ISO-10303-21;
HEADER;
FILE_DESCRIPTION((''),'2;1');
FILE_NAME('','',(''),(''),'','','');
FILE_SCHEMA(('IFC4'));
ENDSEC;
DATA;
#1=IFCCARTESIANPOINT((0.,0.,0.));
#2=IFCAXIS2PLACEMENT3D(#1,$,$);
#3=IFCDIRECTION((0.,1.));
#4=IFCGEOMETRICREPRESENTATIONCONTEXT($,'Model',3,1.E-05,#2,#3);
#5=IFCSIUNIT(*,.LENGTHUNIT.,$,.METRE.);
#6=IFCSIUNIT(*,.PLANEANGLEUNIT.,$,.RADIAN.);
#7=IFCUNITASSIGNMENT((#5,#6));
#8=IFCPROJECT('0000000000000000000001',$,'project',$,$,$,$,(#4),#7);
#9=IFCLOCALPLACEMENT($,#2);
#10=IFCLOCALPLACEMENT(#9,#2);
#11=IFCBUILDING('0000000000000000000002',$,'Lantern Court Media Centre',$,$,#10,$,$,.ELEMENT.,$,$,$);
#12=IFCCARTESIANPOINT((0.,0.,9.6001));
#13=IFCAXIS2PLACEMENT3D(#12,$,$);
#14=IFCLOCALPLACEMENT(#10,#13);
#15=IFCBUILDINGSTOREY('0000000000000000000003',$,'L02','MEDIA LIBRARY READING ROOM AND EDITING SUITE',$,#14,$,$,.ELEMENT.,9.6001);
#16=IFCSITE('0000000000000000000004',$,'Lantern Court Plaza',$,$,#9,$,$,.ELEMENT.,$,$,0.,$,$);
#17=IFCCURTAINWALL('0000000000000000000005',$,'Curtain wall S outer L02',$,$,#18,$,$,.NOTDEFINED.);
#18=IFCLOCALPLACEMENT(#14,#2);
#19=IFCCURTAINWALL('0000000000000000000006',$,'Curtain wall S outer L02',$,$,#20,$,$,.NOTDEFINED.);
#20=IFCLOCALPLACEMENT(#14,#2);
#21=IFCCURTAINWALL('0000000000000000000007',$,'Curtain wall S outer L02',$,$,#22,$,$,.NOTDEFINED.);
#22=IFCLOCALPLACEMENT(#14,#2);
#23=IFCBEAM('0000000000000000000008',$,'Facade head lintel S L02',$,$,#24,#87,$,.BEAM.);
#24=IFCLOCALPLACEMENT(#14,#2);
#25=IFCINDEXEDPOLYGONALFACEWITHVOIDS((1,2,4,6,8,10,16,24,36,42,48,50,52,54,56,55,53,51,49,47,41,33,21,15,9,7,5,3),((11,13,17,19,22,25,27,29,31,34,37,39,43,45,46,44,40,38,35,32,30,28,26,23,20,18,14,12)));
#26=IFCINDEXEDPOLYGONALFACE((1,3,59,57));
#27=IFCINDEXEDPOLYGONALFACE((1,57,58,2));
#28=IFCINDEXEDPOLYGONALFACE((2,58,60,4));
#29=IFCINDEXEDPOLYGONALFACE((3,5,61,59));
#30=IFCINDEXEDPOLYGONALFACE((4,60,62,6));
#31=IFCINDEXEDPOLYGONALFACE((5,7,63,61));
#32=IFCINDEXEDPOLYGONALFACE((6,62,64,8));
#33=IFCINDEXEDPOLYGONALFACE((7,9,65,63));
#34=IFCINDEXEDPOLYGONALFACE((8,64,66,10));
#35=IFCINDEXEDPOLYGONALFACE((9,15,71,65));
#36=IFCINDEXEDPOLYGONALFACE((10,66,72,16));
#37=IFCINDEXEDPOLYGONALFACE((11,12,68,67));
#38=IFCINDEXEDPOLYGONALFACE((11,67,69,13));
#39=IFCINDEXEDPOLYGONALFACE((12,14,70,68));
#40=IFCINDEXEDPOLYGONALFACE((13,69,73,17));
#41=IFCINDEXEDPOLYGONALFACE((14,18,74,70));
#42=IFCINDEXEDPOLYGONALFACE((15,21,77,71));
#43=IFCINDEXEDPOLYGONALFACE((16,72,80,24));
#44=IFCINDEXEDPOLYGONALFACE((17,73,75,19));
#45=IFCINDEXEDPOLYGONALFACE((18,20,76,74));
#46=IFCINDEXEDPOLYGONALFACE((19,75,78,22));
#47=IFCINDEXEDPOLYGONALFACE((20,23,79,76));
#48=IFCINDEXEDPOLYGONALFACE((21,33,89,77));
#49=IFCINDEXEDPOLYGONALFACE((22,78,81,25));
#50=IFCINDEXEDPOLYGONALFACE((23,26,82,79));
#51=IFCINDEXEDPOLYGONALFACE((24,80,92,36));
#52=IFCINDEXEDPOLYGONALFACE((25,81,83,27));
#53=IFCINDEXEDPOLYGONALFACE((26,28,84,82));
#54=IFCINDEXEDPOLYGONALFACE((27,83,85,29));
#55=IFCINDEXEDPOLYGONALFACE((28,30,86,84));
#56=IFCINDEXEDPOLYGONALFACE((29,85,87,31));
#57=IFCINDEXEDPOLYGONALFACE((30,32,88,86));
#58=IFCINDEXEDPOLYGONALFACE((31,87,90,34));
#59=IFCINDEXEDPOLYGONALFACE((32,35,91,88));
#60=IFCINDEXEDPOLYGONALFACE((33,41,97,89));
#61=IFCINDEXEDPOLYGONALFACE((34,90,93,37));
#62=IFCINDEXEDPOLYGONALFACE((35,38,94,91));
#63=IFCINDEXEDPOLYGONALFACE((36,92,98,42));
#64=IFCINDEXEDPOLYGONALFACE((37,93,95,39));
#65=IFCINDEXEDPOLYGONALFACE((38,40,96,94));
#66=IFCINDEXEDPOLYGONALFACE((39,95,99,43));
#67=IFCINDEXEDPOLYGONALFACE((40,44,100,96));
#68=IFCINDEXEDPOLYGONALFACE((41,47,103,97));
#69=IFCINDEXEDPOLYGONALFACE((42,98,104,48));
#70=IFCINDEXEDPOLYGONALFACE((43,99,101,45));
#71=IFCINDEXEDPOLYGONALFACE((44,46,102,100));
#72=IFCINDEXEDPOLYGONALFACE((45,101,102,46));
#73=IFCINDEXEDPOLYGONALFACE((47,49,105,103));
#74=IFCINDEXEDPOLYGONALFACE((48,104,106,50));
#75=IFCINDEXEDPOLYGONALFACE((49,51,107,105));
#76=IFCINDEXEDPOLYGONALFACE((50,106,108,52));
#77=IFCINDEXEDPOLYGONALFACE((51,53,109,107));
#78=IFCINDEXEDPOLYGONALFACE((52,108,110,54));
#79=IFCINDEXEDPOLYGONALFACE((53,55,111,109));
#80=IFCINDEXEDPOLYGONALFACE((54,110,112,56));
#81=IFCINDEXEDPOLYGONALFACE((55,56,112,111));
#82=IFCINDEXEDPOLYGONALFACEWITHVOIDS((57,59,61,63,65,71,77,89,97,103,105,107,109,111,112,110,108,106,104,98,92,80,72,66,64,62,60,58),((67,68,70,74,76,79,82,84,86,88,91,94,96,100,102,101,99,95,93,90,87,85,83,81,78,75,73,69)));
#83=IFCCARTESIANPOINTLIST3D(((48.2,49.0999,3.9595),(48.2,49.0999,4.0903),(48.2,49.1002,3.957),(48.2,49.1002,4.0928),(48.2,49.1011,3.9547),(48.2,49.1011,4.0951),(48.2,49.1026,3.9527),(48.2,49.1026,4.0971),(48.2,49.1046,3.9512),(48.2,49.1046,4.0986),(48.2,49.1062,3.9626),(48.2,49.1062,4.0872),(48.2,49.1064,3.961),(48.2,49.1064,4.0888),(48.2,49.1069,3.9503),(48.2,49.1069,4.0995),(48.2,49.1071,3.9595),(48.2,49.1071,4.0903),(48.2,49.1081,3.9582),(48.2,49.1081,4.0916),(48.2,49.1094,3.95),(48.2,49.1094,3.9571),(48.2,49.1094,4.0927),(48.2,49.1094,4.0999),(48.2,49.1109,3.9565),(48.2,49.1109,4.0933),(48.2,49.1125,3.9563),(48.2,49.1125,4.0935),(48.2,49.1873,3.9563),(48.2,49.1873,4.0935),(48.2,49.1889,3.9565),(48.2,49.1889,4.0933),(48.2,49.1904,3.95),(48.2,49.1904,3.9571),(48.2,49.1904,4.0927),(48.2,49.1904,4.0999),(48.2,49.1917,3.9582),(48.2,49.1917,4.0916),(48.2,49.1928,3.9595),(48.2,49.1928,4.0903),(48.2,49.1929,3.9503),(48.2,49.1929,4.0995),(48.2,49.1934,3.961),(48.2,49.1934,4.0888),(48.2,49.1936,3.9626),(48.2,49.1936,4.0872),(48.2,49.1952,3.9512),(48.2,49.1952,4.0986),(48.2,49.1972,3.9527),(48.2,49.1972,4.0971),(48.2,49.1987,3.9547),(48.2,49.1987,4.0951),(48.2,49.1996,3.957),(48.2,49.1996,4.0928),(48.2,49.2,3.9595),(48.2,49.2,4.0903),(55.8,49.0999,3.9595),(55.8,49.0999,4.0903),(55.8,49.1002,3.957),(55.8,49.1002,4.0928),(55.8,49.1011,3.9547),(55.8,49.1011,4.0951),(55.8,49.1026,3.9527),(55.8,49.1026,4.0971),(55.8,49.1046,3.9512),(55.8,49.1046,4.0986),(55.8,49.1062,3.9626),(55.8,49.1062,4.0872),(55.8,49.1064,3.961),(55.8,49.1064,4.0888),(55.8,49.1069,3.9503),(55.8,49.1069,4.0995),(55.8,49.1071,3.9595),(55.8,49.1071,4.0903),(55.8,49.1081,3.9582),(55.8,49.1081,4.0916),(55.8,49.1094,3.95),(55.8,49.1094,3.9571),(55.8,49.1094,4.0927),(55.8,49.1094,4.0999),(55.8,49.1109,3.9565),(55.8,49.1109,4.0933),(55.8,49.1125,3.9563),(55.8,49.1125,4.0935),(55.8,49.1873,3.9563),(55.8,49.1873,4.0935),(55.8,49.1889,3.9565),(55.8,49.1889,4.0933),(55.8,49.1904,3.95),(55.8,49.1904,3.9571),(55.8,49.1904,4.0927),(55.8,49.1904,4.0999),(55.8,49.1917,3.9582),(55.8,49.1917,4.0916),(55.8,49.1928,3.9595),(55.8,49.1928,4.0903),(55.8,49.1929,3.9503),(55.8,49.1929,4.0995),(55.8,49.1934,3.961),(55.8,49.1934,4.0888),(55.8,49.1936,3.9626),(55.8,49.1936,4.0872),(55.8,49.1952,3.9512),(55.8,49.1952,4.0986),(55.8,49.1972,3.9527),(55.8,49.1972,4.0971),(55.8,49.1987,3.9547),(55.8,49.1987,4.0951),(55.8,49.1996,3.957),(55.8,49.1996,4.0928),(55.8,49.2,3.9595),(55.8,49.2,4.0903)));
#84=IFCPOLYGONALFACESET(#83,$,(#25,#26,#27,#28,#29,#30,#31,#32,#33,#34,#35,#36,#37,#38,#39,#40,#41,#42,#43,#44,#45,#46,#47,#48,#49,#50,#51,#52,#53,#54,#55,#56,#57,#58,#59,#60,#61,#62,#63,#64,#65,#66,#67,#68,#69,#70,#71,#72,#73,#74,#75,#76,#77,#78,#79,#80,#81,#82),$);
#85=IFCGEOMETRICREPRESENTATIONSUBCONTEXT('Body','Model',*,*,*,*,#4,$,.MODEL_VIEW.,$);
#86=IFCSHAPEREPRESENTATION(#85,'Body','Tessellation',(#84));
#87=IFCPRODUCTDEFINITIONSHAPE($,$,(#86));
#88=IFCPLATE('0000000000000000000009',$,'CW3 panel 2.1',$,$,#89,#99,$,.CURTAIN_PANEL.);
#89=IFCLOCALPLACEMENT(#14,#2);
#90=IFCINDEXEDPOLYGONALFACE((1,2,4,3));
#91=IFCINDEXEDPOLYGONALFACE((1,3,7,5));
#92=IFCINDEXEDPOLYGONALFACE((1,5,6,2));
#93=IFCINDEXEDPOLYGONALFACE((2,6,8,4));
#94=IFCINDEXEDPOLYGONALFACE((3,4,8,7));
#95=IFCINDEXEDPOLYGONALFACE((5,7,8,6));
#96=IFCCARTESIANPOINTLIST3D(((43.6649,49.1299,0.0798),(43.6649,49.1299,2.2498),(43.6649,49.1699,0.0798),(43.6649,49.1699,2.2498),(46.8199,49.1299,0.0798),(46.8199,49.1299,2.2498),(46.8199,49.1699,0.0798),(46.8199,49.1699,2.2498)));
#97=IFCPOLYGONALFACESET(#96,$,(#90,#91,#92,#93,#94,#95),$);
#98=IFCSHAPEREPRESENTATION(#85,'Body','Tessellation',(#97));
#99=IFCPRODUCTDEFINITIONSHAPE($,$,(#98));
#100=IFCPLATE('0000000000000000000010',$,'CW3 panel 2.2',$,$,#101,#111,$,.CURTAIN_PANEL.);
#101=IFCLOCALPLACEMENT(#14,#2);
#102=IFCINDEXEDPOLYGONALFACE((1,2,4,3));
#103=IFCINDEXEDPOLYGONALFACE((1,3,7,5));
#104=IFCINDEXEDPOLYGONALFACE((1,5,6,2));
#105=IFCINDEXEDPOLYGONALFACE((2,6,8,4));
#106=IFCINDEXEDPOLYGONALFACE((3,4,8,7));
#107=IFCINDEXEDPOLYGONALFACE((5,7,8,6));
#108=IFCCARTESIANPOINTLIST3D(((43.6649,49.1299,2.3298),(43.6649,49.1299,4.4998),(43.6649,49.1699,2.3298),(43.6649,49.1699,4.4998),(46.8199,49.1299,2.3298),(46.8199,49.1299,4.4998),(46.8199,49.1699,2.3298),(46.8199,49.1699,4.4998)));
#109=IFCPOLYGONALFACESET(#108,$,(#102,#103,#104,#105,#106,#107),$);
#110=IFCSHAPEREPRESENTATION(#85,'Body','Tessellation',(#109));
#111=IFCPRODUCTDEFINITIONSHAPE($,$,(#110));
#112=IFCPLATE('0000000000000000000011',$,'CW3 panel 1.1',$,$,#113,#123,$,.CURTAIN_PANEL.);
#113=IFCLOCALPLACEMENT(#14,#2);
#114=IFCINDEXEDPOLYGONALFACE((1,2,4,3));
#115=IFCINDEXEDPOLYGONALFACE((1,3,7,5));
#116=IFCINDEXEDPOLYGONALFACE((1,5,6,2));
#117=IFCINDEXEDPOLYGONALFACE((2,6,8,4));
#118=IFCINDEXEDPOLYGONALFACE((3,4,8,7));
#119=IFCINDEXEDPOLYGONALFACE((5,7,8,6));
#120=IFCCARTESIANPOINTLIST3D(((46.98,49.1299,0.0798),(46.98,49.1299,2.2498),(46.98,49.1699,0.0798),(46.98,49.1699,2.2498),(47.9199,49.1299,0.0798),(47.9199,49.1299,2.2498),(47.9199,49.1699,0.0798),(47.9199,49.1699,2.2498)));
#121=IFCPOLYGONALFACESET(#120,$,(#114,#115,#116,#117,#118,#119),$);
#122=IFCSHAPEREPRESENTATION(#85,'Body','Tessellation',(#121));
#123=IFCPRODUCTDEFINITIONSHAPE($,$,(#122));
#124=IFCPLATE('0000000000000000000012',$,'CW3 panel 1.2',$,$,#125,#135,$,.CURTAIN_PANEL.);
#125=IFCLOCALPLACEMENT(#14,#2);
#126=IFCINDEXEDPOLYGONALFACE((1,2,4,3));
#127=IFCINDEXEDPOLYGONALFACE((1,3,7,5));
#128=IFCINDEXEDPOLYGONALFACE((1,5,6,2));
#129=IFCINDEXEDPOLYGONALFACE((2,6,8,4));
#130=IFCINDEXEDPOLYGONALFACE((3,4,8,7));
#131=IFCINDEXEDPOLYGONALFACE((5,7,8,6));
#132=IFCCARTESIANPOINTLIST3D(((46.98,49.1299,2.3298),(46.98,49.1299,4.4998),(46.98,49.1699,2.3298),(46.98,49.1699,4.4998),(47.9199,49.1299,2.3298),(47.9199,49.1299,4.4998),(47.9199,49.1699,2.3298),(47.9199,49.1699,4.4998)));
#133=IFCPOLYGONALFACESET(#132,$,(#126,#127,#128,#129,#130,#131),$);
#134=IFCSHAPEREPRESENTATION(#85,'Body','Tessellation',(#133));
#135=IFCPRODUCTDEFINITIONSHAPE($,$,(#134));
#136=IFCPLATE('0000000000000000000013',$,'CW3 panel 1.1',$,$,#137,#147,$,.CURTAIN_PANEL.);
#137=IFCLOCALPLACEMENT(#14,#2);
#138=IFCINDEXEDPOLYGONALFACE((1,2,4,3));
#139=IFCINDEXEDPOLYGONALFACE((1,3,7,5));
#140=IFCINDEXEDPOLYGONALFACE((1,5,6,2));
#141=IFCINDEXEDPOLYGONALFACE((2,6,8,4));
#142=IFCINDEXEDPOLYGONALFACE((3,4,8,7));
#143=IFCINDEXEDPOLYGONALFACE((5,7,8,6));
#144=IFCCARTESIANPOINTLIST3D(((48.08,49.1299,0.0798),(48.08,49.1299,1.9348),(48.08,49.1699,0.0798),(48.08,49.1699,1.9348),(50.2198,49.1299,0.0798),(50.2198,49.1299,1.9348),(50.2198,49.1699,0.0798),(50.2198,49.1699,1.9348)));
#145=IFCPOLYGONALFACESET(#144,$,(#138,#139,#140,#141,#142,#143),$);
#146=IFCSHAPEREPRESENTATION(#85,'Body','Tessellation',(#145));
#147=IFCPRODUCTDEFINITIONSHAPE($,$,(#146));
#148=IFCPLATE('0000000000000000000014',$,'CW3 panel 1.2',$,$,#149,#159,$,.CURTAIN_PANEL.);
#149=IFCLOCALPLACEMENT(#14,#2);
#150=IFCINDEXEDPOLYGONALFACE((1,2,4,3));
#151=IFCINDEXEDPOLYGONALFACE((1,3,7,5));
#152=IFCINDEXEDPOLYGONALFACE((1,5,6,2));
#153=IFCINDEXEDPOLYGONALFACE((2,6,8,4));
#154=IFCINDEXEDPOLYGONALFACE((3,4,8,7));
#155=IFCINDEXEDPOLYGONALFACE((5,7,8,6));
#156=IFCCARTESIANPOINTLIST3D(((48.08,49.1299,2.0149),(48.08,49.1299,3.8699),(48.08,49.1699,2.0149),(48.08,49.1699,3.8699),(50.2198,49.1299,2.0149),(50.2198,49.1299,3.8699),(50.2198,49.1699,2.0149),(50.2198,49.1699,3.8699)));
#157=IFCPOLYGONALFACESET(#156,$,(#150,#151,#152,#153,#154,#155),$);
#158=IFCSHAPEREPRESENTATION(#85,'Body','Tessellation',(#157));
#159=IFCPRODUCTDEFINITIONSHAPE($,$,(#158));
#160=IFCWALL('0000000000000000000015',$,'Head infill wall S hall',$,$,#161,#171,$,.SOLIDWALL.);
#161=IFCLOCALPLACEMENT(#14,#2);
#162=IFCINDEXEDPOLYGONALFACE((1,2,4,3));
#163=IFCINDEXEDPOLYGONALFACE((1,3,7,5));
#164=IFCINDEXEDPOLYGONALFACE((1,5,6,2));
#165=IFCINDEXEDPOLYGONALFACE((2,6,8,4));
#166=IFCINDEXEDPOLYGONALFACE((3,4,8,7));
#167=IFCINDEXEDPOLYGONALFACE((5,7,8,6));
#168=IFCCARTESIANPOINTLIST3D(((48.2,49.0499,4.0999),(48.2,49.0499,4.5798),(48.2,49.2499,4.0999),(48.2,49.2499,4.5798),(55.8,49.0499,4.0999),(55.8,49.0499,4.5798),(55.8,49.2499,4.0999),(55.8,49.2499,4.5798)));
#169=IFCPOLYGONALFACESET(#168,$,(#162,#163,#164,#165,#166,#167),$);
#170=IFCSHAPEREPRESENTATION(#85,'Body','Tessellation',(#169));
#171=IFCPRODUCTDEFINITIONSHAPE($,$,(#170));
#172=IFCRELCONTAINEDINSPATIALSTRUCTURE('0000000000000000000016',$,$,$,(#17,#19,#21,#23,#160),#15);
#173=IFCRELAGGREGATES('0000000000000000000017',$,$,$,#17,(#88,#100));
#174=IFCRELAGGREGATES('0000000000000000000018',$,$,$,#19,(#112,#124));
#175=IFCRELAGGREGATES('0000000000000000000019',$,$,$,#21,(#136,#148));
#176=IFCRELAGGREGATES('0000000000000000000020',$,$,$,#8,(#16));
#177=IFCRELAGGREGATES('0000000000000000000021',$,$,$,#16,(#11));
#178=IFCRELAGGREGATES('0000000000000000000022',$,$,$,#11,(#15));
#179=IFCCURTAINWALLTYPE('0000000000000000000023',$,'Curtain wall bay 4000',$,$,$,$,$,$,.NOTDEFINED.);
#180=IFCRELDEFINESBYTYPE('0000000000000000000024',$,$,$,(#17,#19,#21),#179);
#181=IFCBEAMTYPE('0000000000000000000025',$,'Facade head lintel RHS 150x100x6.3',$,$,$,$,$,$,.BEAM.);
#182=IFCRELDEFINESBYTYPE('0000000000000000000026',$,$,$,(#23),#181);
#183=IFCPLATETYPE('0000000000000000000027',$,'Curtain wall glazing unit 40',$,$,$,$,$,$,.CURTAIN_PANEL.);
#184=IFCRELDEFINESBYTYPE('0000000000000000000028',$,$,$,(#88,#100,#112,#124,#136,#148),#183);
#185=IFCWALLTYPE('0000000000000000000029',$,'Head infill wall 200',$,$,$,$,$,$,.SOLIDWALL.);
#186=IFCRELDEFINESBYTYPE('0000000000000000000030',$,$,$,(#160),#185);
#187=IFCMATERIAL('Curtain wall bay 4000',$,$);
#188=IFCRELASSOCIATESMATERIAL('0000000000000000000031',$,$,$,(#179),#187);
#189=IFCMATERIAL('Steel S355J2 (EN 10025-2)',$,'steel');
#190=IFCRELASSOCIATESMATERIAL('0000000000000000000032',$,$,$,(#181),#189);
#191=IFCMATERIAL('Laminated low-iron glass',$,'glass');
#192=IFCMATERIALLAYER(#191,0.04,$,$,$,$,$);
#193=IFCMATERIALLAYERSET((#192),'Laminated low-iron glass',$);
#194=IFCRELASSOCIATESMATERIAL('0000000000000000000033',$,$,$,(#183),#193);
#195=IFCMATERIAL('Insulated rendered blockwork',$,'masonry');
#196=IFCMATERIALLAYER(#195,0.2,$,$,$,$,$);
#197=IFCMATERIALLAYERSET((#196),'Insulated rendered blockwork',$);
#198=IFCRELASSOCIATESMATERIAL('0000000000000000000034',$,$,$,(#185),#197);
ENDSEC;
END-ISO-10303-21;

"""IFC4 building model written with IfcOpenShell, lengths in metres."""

from ifc_helpers import new_model, si_unit, direction, frame, frame_2d, origin, origin_2d, place, context, subcontext, project, spatial, rectangle, hollow_rectangle, extrude, material, layer, layer_set, material_profile, profile_set, type_object, element, aggregate, save


model = new_model("IFC4")

# Units and contexts
model_context = context("Model", 3, precision=1e-05, world=origin(), true_north=direction((0.0, 1.0)))
body_context = subcontext(model_context, "Body", "Model", "MODEL_VIEW")
ifc_project = project(units=[si_unit("LENGTHUNIT", "METRE"), si_unit("PLANEANGLEUNIT", "RADIAN")], contexts=[model_context])

# Site, building, storey
site_placement = place(None, origin())
site = spatial("IfcSite", under=ifc_project, at=site_placement, Name="Lantern Court Plaza", CompositionType="ELEMENT", RefElevation=0.0)
building_placement = place(site_placement, origin())
building = spatial("IfcBuilding", under=site, at=building_placement, Name="Lantern Court Media Centre", CompositionType="ELEMENT")
storey_placement = place(building_placement, frame((0.0, 0.0, 9.6001)))
storey = spatial("IfcBuildingStorey", under=building, at=storey_placement, Name="L02", Description="MEDIA LIBRARY READING ROOM AND EDITING SUITE", CompositionType="ELEMENT", Elevation=9.6001)

# Curtain walls
ifc_material_1 = material(Name="Curtain wall bay 4000")
curtain_wall_type = type_object("IfcCurtainWallType", Name="Curtain wall bay 4000", PredefinedType="NOTDEFINED", material=ifc_material_1)
curtain_wall_1_placement = place(storey_placement, origin())
curtain_wall_1 = element("IfcCurtainWall", 1, at=curtain_wall_1_placement, inside=storey, type_object=curtain_wall_type, Name="Curtain wall S outer L02", PredefinedType="NOTDEFINED")
curtain_wall_2_placement = place(storey_placement, origin())
curtain_wall_2 = element("IfcCurtainWall", 2, at=curtain_wall_2_placement, inside=storey, type_object=curtain_wall_type, Name="Curtain wall S outer L02", PredefinedType="NOTDEFINED")

# Curtain wall
curtain_wall_3_placement = place(storey_placement, origin())
curtain_wall_3 = element("IfcCurtainWall", 3, at=curtain_wall_3_placement, inside=storey, type_object=curtain_wall_type, Name="Curtain wall S outer L02", PredefinedType="NOTDEFINED")

# Beam
ifc_material_2 = material(Name="Steel S355J2 (EN 10025-2)", Category="steel")
ifc_material_profile_1 = material_profile(ifc_material_2, hollow_rectangle(XDim=0.1001, YDim=0.1499, WallThickness=0.0063, InnerFilletRadius=0.0063, OuterFilletRadius=0.0095, at=origin_2d()), Name="Facade head lintel RHS 150x100x6.3")
ifc_profile_set_1 = profile_set([ifc_material_profile_1], Name="Steel S355J2 (EN 10025-2)")
beam_type = type_object("IfcBeamType", Name="Facade head lintel RHS 150x100x6.3", PredefinedType="BEAM", material=ifc_profile_set_1)
beam_placement = place(storey_placement, frame((48.2, 49.1499, 4.0249), z_axis=(1.0, 0.0, 0.0), x_axis=(0.0, 1.0, 0.0)))
element("IfcBeam", 4, at=beam_placement, inside=storey, type_object=beam_type, Name="Facade head lintel S L02", PredefinedType="BEAM", context=body_context, shape_type="SweptSolid", body=[
    extrude(hollow_rectangle(XDim=0.1001, YDim=0.1499, WallThickness=0.0063, InnerFilletRadius=0.0063, OuterFilletRadius=0.0095, at=origin_2d()), origin(), (0.0, 0.0, 1.0), 7.6001),
])

# Plates
ifc_material_3 = material(Name="Laminated low-iron glass", Category="glass")
ifc_layer_1 = layer(ifc_material_3, 0.04)
ifc_layer_set_1 = layer_set([ifc_layer_1], Name="Laminated low-iron glass")
plate_type = type_object("IfcPlateType", Name="Curtain wall glazing unit 40", PredefinedType="CURTAIN_PANEL", material=ifc_layer_set_1)
plate_1_placement = place(storey_placement, frame((45.2424, 49.1499, 0.0798), z_axis=(0.0, 0.0, 1.0), x_axis=(1.0, 0.0, 0.0)))
plate_1 = element("IfcPlate", 5, at=plate_1_placement, type_object=plate_type, Name="CW3 panel 2.1", PredefinedType="CURTAIN_PANEL", context=body_context, shape_type="SweptSolid", body=[
    extrude(rectangle(XDim=3.155, YDim=0.04, at=origin_2d()), origin(), (0.0, 0.0, 1.0), 2.1699),
])
plate_2_placement = place(storey_placement, frame((45.2424, 49.1499, 2.3298), z_axis=(0.0, 0.0, 1.0), x_axis=(1.0, 0.0, 0.0)))
plate_2 = element("IfcPlate", 6, at=plate_2_placement, type_object=plate_type, Name="CW3 panel 2.2", PredefinedType="CURTAIN_PANEL", context=body_context, shape_type="SweptSolid", body=[
    extrude(rectangle(XDim=3.155, YDim=0.04, at=origin_2d()), origin(), (0.0, 0.0, 1.0), 2.1699),
])
aggregate(curtain_wall_1, [plate_1, plate_2])
plate_3_placement = place(storey_placement, frame((47.45, 49.1499, 0.0798), z_axis=(0.0, 0.0, 1.0), x_axis=(1.0, 0.0, 0.0)))
plate_3 = element("IfcPlate", 7, at=plate_3_placement, type_object=plate_type, Name="CW3 panel 1.1", PredefinedType="CURTAIN_PANEL", context=body_context, shape_type="SweptSolid", body=[
    extrude(rectangle(XDim=0.9399, YDim=0.04, at=origin_2d()), origin(), (0.0, 0.0, 1.0), 2.1699),
])
plate_4_placement = place(storey_placement, frame((47.45, 49.1499, 2.3298), z_axis=(0.0, 0.0, 1.0), x_axis=(1.0, 0.0, 0.0)))
plate_4 = element("IfcPlate", 8, at=plate_4_placement, type_object=plate_type, Name="CW3 panel 1.2", PredefinedType="CURTAIN_PANEL", context=body_context, shape_type="SweptSolid", body=[
    extrude(rectangle(XDim=0.9399, YDim=0.04, at=origin_2d()), origin(), (0.0, 0.0, 1.0), 2.1699),
])
aggregate(curtain_wall_2, [plate_3, plate_4])
plate_5_placement = place(storey_placement, frame((49.1499, 49.1499, 0.0798), z_axis=(0.0, 0.0, 1.0), x_axis=(1.0, 0.0, 0.0)))
plate_5 = element("IfcPlate", 9, at=plate_5_placement, type_object=plate_type, Name="CW3 panel 1.1", PredefinedType="CURTAIN_PANEL", context=body_context, shape_type="SweptSolid", body=[
    extrude(rectangle(XDim=2.1399, YDim=0.04, at=origin_2d()), origin(), (0.0, 0.0, 1.0), 1.855),
])
plate_6_placement = place(storey_placement, frame((49.1499, 49.1499, 2.0149), z_axis=(0.0, 0.0, 1.0), x_axis=(1.0, 0.0, 0.0)))
plate_6 = element("IfcPlate", 10, at=plate_6_placement, type_object=plate_type, Name="CW3 panel 1.2", PredefinedType="CURTAIN_PANEL", context=body_context, shape_type="SweptSolid", body=[
    extrude(rectangle(XDim=2.1399, YDim=0.04, at=origin_2d()), origin(), (0.0, 0.0, 1.0), 1.855),
])
aggregate(curtain_wall_3, [plate_5, plate_6])

# Wall
ifc_material_4 = material(Name="Insulated rendered blockwork", Category="masonry")
ifc_layer_2 = layer(ifc_material_4, 0.2)
ifc_layer_set_2 = layer_set([ifc_layer_2], Name="Insulated rendered blockwork")
wall_type = type_object("IfcWallType", Name="Head infill wall 200", PredefinedType="SOLIDWALL", material=ifc_layer_set_2)
wall_placement = place(storey_placement, frame((48.2, 49.1499, 4.0999), z_axis=(0.0, 0.0, 1.0), x_axis=(1.0, 0.0, 0.0)))
element("IfcWall", 11, at=wall_placement, inside=storey, type_object=wall_type, Name="Head infill wall S hall", PredefinedType="SOLIDWALL", context=body_context, shape_type="SweptSolid", body=[
    extrude(rectangle(XDim=7.6001, YDim=0.2, at=frame_2d((3.8, 0.0))), origin(), (0.0, 0.0, 1.0), 0.48),
])

save(model, "model.ifc")
